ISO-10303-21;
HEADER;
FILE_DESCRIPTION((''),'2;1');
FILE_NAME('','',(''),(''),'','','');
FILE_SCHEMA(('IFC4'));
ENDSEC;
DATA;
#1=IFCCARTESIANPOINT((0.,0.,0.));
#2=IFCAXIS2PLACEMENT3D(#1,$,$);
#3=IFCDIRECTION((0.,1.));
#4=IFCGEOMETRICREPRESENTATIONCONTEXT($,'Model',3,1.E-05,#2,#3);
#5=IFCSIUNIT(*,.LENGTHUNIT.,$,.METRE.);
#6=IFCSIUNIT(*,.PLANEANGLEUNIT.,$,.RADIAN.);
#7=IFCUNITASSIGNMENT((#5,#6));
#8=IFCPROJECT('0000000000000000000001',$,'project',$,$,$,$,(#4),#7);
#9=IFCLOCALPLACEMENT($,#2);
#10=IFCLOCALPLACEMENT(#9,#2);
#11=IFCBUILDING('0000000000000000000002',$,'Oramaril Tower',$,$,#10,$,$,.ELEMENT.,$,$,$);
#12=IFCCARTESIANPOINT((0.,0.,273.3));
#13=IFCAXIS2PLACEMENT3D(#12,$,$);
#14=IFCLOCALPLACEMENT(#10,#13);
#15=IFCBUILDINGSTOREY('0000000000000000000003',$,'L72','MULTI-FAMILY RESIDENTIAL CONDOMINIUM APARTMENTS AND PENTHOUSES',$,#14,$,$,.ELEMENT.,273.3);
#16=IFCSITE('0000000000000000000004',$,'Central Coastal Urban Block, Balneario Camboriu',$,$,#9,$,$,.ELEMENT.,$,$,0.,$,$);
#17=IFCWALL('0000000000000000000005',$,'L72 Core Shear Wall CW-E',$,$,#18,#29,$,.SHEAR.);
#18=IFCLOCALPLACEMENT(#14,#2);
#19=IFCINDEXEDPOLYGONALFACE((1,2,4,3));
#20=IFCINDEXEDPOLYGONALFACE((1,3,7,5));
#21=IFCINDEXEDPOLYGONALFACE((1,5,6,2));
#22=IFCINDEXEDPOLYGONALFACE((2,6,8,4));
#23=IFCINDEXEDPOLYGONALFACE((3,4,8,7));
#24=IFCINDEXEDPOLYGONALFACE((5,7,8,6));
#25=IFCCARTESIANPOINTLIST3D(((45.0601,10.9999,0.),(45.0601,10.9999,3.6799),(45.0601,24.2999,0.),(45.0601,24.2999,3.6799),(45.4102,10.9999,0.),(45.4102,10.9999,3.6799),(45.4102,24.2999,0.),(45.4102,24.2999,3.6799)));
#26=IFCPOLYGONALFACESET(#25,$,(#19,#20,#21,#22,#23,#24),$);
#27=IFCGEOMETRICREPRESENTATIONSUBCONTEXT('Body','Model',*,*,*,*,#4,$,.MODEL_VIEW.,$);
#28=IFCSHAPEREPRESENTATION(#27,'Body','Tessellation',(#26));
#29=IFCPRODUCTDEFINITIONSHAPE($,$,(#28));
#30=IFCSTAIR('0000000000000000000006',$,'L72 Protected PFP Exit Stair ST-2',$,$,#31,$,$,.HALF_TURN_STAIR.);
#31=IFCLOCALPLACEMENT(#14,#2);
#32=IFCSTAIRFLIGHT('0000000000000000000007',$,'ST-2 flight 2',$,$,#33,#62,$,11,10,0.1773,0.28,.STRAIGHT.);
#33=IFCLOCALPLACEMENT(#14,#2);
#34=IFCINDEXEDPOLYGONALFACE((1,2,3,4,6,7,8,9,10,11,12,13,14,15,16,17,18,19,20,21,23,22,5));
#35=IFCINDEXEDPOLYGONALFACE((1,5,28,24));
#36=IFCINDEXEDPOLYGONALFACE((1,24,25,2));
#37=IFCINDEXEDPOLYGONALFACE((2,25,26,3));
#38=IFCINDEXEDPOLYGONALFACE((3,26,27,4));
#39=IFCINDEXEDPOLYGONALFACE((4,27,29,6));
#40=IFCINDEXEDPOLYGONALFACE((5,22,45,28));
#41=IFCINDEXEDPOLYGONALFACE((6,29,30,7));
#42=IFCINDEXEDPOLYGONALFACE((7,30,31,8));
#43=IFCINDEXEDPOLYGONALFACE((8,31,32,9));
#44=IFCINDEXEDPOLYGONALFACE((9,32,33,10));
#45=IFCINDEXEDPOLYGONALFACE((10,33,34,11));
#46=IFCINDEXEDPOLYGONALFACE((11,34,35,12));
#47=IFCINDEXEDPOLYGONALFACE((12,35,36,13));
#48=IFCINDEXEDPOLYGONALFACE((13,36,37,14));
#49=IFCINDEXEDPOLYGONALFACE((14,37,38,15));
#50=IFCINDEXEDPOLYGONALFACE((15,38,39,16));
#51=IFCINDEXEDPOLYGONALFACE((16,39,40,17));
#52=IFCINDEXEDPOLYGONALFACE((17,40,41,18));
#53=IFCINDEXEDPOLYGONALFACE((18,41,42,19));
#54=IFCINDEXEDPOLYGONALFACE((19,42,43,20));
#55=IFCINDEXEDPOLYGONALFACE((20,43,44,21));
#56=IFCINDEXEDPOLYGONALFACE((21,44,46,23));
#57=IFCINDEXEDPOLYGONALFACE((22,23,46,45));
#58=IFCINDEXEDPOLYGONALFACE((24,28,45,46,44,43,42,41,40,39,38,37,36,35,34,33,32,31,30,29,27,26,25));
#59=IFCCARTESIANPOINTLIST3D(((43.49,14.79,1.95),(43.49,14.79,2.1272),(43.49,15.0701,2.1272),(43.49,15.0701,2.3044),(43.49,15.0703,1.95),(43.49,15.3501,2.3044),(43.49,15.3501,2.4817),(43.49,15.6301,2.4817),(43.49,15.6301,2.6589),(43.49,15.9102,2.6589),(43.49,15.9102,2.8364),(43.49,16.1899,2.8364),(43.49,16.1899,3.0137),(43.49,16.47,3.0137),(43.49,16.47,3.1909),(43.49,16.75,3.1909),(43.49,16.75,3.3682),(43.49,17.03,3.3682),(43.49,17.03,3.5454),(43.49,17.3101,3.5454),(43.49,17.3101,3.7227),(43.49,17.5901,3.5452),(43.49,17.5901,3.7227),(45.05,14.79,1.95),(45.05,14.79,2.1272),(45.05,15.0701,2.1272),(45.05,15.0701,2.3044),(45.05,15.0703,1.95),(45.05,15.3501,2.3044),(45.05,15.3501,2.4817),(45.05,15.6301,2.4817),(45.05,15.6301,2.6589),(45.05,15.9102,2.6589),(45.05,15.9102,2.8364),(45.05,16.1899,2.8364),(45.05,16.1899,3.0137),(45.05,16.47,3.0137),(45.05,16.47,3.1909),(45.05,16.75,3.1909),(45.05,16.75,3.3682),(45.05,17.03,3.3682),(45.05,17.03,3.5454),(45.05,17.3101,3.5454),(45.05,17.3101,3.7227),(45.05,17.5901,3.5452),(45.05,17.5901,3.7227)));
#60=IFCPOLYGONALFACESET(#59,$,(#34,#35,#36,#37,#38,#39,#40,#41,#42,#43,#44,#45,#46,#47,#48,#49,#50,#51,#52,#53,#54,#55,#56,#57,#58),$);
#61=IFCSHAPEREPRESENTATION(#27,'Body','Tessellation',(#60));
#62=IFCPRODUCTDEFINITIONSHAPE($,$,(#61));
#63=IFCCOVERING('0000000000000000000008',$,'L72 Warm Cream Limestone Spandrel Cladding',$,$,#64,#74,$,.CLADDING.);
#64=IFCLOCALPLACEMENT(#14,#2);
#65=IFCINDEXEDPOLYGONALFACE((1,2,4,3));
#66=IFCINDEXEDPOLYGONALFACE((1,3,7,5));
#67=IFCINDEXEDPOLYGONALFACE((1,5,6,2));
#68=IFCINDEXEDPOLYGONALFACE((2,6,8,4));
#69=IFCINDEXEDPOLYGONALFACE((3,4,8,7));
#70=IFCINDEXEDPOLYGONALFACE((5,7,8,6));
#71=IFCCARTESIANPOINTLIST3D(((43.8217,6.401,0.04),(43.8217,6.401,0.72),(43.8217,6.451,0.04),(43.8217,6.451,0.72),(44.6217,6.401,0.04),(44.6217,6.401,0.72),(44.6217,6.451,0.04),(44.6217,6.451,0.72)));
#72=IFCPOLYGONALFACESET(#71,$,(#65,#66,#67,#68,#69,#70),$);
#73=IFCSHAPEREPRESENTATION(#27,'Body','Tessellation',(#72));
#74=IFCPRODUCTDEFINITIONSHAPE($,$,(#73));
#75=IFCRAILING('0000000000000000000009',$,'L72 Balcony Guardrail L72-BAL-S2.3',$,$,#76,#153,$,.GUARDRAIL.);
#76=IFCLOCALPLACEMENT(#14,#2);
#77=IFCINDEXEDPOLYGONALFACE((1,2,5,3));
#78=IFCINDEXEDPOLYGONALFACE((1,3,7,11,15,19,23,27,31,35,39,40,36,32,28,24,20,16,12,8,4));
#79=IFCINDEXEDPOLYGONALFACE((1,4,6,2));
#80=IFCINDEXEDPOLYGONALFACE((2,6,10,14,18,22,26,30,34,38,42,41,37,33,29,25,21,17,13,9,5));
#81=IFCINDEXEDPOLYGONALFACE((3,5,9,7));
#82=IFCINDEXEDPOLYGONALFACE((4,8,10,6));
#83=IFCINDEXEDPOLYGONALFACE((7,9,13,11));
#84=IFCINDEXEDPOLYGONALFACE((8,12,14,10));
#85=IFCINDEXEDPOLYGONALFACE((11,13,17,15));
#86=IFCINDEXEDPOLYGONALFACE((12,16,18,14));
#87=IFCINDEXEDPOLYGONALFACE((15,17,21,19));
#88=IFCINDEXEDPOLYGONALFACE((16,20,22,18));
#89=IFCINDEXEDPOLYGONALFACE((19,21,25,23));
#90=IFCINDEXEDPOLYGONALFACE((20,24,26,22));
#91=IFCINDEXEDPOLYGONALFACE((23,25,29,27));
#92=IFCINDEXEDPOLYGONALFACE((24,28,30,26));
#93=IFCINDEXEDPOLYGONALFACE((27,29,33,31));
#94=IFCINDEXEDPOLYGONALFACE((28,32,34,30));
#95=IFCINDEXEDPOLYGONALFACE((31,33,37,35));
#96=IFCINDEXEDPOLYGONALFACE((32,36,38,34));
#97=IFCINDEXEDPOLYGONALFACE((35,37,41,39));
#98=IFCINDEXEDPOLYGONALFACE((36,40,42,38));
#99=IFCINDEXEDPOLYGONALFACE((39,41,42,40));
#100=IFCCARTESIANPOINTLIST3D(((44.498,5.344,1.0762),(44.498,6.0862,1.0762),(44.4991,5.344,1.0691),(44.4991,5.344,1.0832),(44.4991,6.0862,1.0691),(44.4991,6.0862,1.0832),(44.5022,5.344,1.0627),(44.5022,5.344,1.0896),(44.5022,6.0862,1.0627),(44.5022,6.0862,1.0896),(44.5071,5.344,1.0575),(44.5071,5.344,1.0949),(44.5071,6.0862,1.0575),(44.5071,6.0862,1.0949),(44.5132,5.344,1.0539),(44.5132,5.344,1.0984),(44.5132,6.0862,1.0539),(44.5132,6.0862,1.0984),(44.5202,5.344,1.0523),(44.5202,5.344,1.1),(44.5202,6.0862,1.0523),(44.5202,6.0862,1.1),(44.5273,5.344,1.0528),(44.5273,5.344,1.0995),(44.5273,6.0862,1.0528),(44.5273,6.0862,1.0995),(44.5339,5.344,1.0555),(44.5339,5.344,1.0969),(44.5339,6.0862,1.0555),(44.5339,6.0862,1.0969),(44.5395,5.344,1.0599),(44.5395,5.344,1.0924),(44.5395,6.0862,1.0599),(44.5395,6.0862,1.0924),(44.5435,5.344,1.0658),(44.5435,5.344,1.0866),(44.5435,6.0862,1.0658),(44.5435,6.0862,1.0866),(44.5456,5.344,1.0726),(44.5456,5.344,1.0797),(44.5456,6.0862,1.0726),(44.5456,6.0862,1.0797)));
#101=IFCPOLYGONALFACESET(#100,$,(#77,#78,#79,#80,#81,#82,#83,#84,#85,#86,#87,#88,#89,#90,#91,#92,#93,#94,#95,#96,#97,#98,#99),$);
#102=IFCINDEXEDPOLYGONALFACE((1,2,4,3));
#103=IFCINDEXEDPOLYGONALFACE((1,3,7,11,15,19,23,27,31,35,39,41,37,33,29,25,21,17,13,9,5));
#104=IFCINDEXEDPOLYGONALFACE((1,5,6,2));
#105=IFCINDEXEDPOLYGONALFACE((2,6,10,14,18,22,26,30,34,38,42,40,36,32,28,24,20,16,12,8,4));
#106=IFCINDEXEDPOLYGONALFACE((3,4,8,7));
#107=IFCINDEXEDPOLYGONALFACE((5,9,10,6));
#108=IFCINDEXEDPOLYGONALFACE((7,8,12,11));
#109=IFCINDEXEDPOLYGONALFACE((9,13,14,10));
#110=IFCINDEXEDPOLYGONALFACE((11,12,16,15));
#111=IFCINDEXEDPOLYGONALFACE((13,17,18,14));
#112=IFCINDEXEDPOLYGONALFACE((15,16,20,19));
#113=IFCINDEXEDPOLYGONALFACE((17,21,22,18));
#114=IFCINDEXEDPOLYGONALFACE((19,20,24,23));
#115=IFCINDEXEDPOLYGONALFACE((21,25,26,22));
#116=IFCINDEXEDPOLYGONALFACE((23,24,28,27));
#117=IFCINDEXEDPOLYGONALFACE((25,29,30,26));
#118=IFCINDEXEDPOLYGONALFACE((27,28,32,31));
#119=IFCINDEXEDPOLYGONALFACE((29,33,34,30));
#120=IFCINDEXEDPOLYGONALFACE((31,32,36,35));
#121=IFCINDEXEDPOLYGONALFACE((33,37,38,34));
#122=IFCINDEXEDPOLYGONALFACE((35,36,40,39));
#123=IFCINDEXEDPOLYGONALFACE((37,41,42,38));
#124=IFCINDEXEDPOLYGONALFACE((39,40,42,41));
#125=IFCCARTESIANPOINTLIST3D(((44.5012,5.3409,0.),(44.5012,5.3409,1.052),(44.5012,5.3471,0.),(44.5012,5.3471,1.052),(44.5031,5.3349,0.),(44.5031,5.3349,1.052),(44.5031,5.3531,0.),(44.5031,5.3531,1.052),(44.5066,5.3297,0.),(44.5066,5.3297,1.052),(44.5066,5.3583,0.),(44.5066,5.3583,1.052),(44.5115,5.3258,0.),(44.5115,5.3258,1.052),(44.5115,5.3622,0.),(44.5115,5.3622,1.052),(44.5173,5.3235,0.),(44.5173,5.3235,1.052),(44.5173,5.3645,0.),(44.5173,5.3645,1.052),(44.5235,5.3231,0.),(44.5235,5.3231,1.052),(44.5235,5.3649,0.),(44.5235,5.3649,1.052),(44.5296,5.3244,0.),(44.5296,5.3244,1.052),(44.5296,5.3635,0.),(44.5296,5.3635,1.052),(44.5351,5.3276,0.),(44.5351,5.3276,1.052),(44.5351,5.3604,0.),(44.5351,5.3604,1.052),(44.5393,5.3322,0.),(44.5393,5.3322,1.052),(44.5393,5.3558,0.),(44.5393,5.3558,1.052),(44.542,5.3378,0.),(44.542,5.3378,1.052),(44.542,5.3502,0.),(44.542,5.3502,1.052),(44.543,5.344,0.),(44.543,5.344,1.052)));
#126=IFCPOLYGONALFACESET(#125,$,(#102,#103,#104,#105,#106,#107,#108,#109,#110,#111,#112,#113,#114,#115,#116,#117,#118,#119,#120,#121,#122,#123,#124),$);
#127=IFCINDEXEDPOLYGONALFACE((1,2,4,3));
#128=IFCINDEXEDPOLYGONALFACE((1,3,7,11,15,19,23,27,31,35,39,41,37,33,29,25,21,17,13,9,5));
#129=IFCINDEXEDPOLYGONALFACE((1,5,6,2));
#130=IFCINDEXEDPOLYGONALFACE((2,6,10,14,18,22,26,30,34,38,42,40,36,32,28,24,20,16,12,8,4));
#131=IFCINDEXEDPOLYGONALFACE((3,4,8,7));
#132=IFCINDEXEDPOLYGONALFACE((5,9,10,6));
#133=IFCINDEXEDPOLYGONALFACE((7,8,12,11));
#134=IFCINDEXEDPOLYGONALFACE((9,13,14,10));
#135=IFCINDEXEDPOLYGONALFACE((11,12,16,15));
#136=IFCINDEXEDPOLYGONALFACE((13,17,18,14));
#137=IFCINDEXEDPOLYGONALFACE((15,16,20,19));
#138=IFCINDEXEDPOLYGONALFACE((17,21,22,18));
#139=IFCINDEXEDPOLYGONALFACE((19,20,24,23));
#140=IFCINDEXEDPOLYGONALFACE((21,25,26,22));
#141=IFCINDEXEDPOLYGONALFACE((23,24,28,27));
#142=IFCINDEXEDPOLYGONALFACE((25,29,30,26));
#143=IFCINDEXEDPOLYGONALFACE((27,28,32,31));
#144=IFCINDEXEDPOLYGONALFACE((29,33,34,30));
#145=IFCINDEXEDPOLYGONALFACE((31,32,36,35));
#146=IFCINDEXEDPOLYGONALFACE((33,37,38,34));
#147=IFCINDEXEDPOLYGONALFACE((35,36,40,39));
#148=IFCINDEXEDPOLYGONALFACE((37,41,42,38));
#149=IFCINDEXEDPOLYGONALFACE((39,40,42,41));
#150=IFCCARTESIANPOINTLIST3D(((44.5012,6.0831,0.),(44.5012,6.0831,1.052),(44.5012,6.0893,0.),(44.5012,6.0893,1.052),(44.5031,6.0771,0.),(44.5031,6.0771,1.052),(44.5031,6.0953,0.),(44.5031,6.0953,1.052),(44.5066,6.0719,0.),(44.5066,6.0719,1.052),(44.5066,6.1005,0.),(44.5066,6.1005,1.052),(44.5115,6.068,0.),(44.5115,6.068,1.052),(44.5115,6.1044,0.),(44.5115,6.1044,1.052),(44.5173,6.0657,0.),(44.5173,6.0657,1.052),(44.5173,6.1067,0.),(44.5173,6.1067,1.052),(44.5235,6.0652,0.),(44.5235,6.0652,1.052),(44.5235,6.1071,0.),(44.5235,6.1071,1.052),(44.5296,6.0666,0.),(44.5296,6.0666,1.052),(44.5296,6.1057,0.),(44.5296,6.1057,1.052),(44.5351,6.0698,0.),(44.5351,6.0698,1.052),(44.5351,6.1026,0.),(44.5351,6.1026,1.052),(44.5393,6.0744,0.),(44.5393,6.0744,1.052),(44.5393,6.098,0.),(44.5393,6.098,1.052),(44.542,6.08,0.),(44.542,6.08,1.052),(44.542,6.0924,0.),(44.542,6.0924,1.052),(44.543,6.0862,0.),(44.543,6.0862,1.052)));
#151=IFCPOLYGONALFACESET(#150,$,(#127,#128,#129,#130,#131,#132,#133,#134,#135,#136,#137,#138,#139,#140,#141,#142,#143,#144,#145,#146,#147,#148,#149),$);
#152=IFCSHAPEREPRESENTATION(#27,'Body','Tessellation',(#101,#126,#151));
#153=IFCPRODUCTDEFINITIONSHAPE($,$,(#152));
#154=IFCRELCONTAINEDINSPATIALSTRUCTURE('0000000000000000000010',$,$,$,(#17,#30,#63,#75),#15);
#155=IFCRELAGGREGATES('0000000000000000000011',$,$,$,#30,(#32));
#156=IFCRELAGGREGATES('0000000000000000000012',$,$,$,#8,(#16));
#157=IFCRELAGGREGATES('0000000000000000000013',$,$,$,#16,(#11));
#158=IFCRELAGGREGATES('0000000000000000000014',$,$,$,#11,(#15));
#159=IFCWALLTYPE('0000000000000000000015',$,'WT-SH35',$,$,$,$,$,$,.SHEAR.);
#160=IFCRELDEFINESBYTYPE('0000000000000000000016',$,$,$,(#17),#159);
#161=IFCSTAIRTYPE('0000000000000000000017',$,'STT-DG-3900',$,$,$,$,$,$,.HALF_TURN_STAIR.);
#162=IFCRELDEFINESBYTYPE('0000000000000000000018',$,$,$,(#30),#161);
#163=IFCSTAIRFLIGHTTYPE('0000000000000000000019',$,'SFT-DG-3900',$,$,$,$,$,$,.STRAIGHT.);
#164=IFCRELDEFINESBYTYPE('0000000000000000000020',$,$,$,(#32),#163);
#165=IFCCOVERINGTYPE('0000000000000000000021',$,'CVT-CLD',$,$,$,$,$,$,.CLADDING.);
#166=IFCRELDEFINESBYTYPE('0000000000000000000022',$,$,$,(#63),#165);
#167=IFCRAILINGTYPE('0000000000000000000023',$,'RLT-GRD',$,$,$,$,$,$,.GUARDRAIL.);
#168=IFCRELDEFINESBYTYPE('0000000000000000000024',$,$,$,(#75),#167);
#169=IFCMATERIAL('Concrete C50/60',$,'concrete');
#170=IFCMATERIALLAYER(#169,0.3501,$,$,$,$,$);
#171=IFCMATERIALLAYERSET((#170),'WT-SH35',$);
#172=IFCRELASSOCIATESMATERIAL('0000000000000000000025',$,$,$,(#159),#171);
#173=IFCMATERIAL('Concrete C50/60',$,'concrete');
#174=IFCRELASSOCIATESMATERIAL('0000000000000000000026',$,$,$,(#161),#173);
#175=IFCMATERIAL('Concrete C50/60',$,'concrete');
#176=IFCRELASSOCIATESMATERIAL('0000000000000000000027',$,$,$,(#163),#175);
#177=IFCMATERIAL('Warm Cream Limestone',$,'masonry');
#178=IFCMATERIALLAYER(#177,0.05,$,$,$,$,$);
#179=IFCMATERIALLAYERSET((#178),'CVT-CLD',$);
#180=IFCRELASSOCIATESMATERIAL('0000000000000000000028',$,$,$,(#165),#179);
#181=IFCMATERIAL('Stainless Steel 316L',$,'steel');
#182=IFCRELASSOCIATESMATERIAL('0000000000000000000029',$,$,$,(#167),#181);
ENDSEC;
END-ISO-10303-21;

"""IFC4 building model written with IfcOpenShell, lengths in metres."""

from ifc_helpers import new_model, si_unit, direction, frame, frame_2d, origin, origin_2d, place, context, subcontext, project, spatial, polyline, rectangle, circle, outline, extrude, material, layer, layer_set, type_object, element, aggregate, save


model = new_model("IFC4")

# Units and contexts
model_context = context("Model", 3, precision=1e-05, world=origin(), true_north=direction((0.0, 1.0)))
body_context = subcontext(model_context, "Body", "Model", "MODEL_VIEW")
ifc_project = project(units=[si_unit("LENGTHUNIT", "METRE"), si_unit("PLANEANGLEUNIT", "RADIAN")], contexts=[model_context])

# Site, building, storey
site_placement = place(None, origin())
site = spatial("IfcSite", under=ifc_project, at=site_placement, Name="Central Coastal Urban Block, Balneario Camboriu", CompositionType="ELEMENT", RefElevation=0.0)
building_placement = place(site_placement, origin())
building = spatial("IfcBuilding", under=site, at=building_placement, Name="Oramaril Tower", CompositionType="ELEMENT")
storey_placement = place(building_placement, frame((0.0, 0.0, 273.3)))
storey = spatial("IfcBuildingStorey", under=building, at=storey_placement, Name="L72", Description="MULTI-FAMILY RESIDENTIAL CONDOMINIUM APARTMENTS AND PENTHOUSES", CompositionType="ELEMENT", Elevation=273.3)

# Wall
ifc_material_1 = material(Name="Concrete C50/60", Category="concrete")
ifc_layer_1 = layer(ifc_material_1, 0.3501)
ifc_layer_set_1 = layer_set([ifc_layer_1], Name="WT-SH35")
wall_type_1 = type_object("IfcWallType", Name="WT-SH35", PredefinedType="SHEAR", material=ifc_layer_set_1)
wall_1_placement = place(storey_placement, frame((45.2351, 11.0, 0.0), z_axis=(0.0, 0.0, 1.0), x_axis=(0.0, 1.0, 0.0)))
element("IfcWall", 1, at=wall_1_placement, inside=storey, type_object=wall_type_1, Name="L72 Core Shear Wall CW-E", PredefinedType="SHEAR", context=body_context, shape_type="SweptSolid", body=[
    extrude(rectangle(XDim=13.3, YDim=0.3501, at=frame_2d((6.6499, 0.0))), origin(), (0.0, 0.0, 1.0), 3.6799),
])

# Stair, stair flight
ifc_material_2 = material(Name="Concrete C50/60", Category="concrete")
stair_type = type_object("IfcStairType", Name="STT-DG-3900", PredefinedType="HALF_TURN_STAIR", material=ifc_material_2)
stair_placement = place(storey_placement, origin())
stair = element("IfcStair", 2, at=stair_placement, inside=storey, type_object=stair_type, Name="L72 Protected PFP Exit Stair ST-2", PredefinedType="HALF_TURN_STAIR")
ifc_material_3 = material(Name="Concrete C50/60", Category="concrete")
stair_flight_type = type_object("IfcStairFlightType", Name="SFT-DG-3900", PredefinedType="STRAIGHT", material=ifc_material_3)
stair_flight_placement = place(storey_placement, frame((44.27, 14.79, 1.95), z_axis=(0.0, 0.0, 1.0), x_axis=(0.0, 1.0, 0.0)))
stair_flight = element("IfcStairFlight", 3, at=stair_flight_placement, type_object=stair_flight_type, Name="ST-2 flight 2", NumberOfRisers=11, NumberOfTreads=10, PredefinedType="STRAIGHT", RiserHeight=0.1773, TreadLength=0.28, context=body_context, shape_type="SweptSolid", body=[
    extrude(outline(polyline([(0.0, 0.0), (0.0, 0.1772), (0.28, 0.1772), (0.28, 0.3545), (0.5601, 0.3545), (0.5601, 0.5317), (0.8401, 0.5317), (0.8401, 0.709), (1.1201, 0.709), (1.1201, 0.8865), (1.3999, 0.8865), (1.3999, 1.0637), (1.6799, 1.0637), (1.6799, 1.241), (1.96, 1.241), (1.96, 1.4182), (2.24, 1.4182), (2.24, 1.5955), (2.52, 1.5955), (2.52, 1.7727), (2.8, 1.7727), (2.8, 1.95), (2.8, 1.5952), (0.2803, 0.0), (0.0, 0.0)])), frame((0.0, 0.78, 0.0), z_axis=(0.0, -1.0, 0.0), x_axis=(1.0, 0.0, 0.0)), (0.0, 0.0, 1.0), 1.5601),
])
aggregate(stair, [stair_flight])

# Covering
ifc_material_4 = material(Name="Warm Cream Limestone", Category="masonry")
ifc_layer_2 = layer(ifc_material_4, 0.05)
ifc_layer_set_2 = layer_set([ifc_layer_2], Name="CVT-CLD")
covering_type = type_object("IfcCoveringType", Name="CVT-CLD", PredefinedType="CLADDING", material=ifc_layer_set_2)
covering_placement = place(storey_placement, frame((44.2217, 6.426, 0.04), z_axis=(0.0, 0.0, 1.0), x_axis=(1.0, 0.0, 0.0)))
element("IfcCovering", 4, at=covering_placement, inside=storey, type_object=covering_type, Name="L72 Warm Cream Limestone Spandrel Cladding", PredefinedType="CLADDING", context=body_context, shape_type="SweptSolid", body=[
    extrude(rectangle(XDim=0.8, YDim=0.05, at=origin_2d()), origin(), (0.0, 0.0, 1.0), 0.6799),
])

# Railing
ifc_material_5 = material(Name="Stainless Steel 316L", Category="steel")
railing_type_1 = type_object("IfcRailingType", Name="RLT-GRD", PredefinedType="GUARDRAIL", material=ifc_material_5)
railing_1_placement = place(storey_placement, frame((44.522, 5.344, 0.0)))
element("IfcRailing", 5, at=railing_1_placement, inside=storey, type_object=railing_type_1, Name="L72 Balcony Guardrail L72-BAL-S2.3", PredefinedType="GUARDRAIL", context=body_context, shape_type="SweptSolid", body=[
    extrude(circle(Radius=0.0239, at=origin_2d()), frame((0.0, 0.0, 1.0762), z_axis=(0.0, 1.0, 0.0), x_axis=(-1.0, 0.0, 0.0)), (0.0, 0.0, 1.0), 0.7422),
    extrude(circle(Radius=0.021, at=origin_2d()), origin(), (0.0, 0.0, 1.0), 1.052),
    extrude(circle(Radius=0.021, at=origin_2d()), frame((0.0, 0.7422, 0.0)), (0.0, 0.0, 1.0), 1.052),
])

save(model, "model.ifc")
